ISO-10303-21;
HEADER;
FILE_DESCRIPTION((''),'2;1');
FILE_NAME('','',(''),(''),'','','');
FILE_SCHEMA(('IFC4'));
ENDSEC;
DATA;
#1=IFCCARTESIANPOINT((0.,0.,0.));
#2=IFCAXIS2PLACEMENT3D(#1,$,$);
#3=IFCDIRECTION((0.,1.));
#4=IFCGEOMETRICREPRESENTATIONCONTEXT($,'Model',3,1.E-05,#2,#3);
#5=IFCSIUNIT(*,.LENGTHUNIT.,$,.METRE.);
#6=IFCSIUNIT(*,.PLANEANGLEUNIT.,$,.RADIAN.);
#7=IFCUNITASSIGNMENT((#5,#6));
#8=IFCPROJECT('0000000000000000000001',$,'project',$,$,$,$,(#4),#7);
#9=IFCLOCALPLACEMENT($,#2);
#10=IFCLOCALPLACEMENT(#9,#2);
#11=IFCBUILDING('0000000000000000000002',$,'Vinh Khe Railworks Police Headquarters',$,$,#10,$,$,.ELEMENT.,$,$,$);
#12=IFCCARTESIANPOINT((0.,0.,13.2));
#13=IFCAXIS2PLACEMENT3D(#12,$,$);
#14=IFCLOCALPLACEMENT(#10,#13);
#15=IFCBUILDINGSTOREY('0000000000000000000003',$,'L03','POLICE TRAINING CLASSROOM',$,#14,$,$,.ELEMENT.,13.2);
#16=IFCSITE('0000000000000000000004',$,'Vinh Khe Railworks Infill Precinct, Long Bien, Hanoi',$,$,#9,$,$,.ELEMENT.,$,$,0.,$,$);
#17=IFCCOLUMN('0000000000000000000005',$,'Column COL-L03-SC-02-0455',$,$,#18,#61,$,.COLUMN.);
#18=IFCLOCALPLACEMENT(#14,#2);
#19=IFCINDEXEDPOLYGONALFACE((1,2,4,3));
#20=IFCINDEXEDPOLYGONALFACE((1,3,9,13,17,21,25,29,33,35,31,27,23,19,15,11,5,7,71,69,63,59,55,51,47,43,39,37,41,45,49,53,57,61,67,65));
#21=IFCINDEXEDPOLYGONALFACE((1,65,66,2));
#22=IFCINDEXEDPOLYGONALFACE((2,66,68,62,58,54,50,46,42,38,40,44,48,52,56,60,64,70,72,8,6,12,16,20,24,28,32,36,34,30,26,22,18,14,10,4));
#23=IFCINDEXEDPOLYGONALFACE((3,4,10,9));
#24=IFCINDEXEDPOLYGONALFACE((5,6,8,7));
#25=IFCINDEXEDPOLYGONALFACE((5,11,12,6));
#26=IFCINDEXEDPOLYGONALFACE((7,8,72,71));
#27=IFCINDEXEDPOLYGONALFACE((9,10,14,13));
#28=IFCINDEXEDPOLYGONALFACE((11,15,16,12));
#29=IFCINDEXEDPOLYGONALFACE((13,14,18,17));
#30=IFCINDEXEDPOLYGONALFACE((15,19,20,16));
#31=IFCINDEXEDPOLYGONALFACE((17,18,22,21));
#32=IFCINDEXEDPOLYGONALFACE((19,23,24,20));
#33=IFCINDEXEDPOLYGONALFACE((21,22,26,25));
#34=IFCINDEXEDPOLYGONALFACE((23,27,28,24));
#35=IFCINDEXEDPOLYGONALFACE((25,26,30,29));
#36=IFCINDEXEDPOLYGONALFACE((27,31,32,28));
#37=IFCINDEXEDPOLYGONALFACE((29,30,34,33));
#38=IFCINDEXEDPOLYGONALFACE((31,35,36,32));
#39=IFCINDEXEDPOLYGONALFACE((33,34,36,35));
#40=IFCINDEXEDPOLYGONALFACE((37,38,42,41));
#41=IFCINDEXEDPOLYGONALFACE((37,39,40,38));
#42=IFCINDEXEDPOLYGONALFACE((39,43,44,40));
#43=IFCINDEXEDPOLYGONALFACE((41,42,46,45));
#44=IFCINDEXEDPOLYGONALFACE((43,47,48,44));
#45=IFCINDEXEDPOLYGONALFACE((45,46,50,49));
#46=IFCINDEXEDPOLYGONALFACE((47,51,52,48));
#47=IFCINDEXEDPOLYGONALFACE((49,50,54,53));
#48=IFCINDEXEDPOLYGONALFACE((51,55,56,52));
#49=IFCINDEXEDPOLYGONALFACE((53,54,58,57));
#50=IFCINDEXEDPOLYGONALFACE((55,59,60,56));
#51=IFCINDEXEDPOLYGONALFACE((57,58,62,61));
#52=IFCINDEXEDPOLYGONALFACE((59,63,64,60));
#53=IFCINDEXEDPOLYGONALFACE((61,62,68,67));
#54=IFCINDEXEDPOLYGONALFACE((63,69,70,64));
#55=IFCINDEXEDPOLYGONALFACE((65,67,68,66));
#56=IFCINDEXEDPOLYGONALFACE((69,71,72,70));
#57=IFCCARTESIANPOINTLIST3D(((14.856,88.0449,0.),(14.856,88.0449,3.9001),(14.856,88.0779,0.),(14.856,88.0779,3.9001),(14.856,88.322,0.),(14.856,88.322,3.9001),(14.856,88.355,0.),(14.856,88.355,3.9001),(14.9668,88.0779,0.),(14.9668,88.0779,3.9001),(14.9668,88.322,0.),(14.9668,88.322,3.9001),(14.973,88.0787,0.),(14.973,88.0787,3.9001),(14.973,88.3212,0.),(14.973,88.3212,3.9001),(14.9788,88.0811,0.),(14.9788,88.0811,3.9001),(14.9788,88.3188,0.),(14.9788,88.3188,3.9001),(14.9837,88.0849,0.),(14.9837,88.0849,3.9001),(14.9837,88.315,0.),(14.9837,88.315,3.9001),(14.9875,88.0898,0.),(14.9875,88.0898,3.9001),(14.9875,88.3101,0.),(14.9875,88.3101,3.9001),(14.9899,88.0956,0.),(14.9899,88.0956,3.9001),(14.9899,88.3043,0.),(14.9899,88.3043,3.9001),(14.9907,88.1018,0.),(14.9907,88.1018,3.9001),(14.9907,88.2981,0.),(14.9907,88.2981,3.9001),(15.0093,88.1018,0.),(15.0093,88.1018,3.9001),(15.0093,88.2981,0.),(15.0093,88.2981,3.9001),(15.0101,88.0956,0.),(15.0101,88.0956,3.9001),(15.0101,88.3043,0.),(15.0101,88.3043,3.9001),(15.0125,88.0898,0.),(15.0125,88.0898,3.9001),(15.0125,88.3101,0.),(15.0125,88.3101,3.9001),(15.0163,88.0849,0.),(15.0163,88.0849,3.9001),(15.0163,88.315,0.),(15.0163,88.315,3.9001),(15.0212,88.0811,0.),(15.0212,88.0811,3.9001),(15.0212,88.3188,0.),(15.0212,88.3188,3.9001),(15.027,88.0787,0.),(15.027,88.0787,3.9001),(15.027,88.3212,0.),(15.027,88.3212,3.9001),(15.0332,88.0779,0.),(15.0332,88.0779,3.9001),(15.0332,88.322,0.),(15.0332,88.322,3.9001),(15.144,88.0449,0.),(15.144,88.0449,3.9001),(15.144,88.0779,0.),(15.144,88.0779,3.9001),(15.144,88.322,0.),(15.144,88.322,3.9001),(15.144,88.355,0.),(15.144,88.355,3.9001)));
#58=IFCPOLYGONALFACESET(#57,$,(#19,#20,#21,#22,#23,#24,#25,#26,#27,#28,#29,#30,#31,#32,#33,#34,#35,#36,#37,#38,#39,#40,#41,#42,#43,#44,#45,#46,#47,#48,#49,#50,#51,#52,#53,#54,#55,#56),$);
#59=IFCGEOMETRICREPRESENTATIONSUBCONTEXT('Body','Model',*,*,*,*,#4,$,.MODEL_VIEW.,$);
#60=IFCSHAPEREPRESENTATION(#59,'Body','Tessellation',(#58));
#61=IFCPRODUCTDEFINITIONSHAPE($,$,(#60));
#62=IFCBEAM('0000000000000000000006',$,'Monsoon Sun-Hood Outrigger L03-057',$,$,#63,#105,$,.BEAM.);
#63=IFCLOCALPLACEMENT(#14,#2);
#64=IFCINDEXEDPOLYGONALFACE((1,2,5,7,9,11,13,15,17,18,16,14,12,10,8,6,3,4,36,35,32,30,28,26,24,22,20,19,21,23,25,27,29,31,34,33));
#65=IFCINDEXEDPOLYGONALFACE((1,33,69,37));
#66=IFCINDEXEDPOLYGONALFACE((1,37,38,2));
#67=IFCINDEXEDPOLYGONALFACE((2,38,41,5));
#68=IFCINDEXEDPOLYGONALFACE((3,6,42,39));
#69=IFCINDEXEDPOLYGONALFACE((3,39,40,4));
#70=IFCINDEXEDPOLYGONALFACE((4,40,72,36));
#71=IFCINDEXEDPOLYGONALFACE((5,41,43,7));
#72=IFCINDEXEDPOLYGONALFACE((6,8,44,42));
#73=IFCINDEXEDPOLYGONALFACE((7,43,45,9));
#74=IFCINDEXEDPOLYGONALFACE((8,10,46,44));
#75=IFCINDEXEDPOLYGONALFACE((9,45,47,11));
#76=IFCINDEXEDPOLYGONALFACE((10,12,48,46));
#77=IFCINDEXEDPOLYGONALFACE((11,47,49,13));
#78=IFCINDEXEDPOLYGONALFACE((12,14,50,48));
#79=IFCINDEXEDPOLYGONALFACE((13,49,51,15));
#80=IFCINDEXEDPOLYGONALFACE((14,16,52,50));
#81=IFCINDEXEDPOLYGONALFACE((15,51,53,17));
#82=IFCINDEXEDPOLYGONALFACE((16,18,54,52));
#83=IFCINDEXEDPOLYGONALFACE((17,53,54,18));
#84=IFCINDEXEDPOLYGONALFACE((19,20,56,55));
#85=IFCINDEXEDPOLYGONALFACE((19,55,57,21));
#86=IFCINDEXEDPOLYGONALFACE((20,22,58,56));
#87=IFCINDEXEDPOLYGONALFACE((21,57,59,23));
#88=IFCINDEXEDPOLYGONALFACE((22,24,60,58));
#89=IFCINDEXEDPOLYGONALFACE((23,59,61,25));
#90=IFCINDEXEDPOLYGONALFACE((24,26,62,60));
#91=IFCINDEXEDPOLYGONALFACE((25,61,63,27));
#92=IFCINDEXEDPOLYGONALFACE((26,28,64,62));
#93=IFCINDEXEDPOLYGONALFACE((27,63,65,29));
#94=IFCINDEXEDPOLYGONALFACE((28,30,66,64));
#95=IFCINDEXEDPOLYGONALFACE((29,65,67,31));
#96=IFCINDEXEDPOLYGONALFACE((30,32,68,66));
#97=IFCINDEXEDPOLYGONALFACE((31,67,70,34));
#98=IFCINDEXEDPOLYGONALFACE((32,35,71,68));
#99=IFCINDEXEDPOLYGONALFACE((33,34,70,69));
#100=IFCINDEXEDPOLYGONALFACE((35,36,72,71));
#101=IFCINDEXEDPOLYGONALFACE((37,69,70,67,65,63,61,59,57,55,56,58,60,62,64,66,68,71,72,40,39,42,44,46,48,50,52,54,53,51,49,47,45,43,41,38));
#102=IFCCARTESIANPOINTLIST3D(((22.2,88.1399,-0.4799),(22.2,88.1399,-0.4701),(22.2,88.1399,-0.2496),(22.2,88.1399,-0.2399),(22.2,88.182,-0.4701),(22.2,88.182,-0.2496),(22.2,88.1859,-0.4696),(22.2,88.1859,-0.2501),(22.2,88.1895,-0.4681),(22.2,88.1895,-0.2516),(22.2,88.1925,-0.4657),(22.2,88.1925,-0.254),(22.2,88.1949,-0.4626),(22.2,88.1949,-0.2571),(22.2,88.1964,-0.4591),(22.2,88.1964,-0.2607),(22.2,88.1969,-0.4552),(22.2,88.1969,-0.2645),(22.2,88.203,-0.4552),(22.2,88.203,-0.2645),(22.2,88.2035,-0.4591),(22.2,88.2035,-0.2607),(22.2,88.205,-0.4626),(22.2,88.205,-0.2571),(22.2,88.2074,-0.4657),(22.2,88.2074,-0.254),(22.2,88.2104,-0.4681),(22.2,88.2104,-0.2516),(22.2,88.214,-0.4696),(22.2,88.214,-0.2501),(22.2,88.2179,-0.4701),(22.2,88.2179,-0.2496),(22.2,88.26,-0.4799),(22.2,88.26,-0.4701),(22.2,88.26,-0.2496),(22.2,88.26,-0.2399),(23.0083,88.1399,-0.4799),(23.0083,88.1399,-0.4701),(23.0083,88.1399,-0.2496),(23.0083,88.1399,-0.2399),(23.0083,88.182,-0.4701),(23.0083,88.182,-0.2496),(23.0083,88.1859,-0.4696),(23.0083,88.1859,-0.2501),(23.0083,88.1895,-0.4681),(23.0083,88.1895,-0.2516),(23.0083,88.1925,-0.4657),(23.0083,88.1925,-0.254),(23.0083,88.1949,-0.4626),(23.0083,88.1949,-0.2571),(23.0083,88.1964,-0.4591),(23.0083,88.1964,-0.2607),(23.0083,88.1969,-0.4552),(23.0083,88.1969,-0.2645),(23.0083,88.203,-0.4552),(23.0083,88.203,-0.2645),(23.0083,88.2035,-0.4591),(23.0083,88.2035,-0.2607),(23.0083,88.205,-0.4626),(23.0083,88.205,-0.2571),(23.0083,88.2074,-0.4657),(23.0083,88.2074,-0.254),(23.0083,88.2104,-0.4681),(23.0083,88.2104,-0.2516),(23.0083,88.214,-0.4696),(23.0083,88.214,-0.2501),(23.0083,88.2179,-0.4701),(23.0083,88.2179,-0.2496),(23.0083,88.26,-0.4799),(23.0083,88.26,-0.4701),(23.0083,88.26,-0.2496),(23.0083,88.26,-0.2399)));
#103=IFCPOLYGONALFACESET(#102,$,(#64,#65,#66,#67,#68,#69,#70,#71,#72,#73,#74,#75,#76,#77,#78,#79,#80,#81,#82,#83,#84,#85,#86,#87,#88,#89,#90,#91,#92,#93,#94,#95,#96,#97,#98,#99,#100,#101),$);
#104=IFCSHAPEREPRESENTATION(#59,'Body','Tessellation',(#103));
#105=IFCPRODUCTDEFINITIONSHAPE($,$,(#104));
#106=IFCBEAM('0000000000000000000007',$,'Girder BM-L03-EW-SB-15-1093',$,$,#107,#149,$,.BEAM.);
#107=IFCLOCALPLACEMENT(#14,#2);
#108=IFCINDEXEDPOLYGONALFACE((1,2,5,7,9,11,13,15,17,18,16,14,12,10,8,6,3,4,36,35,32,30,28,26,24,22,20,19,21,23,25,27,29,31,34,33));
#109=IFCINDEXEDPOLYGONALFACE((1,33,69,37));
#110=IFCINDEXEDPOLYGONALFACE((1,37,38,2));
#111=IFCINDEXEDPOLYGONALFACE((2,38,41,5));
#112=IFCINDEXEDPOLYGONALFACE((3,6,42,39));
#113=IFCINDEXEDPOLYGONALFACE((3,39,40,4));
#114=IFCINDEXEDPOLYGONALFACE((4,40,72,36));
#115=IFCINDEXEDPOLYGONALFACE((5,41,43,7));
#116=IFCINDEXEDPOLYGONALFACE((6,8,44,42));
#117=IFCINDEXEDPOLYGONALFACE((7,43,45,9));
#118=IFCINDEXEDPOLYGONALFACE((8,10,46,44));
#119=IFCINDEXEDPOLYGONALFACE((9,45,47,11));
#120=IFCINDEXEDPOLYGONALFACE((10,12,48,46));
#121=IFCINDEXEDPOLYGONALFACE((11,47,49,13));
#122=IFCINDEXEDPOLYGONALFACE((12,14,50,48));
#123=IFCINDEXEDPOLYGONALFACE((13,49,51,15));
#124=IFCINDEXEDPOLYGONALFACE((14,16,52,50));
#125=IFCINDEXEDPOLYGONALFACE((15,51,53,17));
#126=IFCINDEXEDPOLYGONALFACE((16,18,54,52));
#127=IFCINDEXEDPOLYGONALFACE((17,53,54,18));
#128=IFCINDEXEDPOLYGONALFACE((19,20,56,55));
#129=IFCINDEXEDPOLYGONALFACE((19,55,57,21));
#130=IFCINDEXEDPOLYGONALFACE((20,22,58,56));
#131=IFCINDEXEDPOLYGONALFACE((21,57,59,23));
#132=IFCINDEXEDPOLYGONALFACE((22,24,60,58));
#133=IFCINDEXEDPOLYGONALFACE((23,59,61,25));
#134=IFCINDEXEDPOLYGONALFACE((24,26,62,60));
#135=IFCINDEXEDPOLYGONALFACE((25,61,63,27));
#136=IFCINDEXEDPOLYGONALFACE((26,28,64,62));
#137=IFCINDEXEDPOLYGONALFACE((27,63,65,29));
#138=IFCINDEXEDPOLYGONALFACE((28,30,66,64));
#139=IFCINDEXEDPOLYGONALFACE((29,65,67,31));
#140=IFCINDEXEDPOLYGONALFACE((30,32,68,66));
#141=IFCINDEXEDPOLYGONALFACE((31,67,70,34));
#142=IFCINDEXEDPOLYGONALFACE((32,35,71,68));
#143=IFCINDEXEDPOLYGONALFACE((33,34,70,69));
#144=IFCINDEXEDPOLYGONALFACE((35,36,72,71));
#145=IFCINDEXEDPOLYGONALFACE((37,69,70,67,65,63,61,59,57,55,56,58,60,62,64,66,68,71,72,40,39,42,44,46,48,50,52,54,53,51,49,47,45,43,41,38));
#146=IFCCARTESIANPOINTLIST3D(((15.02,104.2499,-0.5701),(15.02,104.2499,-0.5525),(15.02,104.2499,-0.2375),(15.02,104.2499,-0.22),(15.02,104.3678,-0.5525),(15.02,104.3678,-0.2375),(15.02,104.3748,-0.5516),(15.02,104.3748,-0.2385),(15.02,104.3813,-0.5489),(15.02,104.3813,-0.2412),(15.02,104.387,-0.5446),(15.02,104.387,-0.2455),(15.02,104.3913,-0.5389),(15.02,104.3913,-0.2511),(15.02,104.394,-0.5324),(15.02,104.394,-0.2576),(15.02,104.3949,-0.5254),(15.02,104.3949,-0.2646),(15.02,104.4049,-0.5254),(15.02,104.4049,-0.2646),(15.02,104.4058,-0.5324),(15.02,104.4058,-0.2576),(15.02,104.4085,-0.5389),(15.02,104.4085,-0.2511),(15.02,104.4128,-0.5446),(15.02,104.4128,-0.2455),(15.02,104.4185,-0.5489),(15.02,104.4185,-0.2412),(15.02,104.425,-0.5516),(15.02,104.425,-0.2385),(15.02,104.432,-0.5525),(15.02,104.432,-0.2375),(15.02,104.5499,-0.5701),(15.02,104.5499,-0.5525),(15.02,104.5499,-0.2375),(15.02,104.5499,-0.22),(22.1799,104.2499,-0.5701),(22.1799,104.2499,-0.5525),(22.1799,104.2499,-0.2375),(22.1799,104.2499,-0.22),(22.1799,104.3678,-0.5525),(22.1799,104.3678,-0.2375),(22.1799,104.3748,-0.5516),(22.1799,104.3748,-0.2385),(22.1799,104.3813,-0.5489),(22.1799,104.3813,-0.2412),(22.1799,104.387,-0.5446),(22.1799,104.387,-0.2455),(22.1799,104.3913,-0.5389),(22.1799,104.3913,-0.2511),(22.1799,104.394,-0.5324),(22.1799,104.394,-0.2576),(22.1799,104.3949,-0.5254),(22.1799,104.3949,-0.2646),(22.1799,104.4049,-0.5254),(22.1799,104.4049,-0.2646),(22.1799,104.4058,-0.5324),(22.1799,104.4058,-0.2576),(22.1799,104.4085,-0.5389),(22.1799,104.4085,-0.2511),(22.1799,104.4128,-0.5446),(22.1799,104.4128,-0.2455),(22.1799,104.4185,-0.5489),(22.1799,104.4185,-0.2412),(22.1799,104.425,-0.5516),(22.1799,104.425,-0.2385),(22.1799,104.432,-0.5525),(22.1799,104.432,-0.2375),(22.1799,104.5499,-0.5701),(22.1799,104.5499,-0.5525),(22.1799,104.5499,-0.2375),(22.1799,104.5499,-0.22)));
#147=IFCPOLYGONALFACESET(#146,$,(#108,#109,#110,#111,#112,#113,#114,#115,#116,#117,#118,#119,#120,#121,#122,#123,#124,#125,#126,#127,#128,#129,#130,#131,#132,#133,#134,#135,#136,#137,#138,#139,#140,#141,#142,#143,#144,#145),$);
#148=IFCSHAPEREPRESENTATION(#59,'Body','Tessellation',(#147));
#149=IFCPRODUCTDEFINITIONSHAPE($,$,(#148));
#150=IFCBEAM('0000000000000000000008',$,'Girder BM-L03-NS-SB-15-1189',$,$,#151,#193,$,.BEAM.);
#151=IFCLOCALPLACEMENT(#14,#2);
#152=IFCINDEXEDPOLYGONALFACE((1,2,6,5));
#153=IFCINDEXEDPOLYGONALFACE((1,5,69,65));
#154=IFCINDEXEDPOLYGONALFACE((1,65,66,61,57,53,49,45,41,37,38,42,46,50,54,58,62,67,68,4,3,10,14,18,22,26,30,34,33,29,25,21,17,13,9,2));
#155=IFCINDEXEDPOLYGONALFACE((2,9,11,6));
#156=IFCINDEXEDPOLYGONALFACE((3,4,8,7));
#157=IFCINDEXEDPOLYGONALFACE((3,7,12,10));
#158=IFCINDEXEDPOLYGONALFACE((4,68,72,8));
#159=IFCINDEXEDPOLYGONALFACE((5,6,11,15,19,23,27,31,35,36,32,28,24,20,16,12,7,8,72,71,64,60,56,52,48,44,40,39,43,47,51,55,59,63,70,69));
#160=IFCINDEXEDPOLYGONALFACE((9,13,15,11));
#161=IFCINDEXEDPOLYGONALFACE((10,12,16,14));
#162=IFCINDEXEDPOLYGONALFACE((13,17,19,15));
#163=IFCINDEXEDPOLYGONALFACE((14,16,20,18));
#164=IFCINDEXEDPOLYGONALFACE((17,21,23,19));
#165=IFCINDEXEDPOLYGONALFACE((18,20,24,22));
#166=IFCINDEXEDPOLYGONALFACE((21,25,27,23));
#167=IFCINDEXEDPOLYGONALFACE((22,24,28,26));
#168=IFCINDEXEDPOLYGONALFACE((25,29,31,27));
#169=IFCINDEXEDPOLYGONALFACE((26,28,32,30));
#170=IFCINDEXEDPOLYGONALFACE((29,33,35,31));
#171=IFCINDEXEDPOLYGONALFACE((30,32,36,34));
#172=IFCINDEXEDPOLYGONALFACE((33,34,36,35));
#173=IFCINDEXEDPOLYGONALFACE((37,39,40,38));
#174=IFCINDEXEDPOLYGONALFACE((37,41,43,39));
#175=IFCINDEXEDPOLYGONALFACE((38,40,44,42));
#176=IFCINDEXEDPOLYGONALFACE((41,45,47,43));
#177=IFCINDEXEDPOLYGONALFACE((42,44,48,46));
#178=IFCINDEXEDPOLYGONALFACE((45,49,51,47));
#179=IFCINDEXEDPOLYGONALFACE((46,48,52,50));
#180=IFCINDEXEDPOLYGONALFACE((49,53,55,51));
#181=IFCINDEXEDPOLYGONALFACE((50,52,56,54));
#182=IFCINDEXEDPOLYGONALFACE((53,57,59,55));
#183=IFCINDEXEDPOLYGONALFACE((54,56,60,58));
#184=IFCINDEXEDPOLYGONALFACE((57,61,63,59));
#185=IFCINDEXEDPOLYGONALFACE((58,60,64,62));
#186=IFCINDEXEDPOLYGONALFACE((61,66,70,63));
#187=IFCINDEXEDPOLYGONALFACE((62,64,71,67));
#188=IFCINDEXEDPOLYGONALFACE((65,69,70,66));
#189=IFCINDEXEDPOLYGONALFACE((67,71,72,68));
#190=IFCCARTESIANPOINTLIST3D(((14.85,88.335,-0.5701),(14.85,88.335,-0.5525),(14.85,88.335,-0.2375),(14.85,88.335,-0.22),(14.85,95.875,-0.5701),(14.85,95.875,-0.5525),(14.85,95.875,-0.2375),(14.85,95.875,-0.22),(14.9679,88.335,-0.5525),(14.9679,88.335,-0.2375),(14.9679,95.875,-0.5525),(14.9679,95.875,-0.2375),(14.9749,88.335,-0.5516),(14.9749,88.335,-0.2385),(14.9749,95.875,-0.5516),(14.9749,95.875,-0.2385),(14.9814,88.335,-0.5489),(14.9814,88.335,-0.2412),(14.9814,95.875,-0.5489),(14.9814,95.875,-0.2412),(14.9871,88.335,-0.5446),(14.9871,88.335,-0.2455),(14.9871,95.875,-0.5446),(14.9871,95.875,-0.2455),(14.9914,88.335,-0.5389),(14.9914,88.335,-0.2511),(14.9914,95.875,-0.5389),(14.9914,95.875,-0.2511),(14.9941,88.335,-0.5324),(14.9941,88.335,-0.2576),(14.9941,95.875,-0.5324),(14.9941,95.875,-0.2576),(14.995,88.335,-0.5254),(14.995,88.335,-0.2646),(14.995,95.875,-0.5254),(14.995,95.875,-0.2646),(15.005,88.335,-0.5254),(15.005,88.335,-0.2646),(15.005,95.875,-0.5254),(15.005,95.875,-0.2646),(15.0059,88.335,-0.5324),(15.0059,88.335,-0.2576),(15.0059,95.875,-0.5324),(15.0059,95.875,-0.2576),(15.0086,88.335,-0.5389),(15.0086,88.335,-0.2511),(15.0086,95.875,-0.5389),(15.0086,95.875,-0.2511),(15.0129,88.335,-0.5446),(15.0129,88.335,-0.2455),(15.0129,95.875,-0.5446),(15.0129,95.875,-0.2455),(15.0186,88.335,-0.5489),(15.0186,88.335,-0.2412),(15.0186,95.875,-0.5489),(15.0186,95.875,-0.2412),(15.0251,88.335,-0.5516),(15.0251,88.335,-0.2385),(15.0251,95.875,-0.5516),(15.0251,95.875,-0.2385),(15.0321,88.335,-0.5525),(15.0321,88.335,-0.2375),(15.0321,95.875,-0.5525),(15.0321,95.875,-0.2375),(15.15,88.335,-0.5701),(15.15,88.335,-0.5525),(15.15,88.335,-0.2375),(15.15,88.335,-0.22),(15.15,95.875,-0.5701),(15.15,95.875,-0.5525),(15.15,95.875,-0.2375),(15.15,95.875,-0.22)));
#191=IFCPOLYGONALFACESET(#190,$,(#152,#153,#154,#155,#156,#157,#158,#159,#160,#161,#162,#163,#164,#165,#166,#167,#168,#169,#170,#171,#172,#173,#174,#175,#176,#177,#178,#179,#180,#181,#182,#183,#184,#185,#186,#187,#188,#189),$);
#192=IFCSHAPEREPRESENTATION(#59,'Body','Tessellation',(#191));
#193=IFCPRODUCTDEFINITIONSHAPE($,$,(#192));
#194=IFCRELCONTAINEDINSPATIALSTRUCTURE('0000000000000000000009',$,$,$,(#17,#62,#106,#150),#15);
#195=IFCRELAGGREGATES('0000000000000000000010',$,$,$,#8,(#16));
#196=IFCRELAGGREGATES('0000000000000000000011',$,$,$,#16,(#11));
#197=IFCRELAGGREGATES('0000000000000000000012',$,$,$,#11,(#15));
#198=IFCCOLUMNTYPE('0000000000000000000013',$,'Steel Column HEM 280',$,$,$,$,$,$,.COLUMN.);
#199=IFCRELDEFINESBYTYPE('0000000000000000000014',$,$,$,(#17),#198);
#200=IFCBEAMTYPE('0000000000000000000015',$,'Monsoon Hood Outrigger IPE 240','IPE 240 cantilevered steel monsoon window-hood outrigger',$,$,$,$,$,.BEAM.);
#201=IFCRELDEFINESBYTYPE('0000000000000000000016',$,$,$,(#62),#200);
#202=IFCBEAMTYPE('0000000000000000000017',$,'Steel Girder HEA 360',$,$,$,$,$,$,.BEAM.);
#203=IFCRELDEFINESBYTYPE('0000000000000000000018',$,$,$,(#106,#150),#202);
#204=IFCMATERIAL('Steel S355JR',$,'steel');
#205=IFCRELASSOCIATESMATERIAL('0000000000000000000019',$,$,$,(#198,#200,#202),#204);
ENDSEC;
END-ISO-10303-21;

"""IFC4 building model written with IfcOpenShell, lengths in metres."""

from ifc_helpers import new_model, si_unit, direction, frame, origin, origin_2d, place, context, subcontext, project, spatial, i_section, extrude, material, material_profile, profile_set, type_object, element, save


model = new_model("IFC4")

# Units and contexts
model_context = context("Model", 3, precision=1e-05, world=origin(), true_north=direction((0.0, 1.0)))
body_context = subcontext(model_context, "Body", "Model", "MODEL_VIEW")
ifc_project = project(units=[si_unit("LENGTHUNIT", "METRE"), si_unit("PLANEANGLEUNIT", "RADIAN")], contexts=[model_context])

# Site, building, storey
site_placement = place(None, origin())
site = spatial("IfcSite", under=ifc_project, at=site_placement, Name="Vinh Khe Railworks Infill Precinct, Long Bien, Hanoi", CompositionType="ELEMENT", RefElevation=0.0)
building_placement = place(site_placement, origin())
building = spatial("IfcBuilding", under=site, at=building_placement, Name="Vinh Khe Railworks Police Headquarters", CompositionType="ELEMENT")
storey_placement = place(building_placement, frame((0.0, 0.0, 13.2)))
storey = spatial("IfcBuildingStorey", under=building, at=storey_placement, Name="L03", Description="POLICE TRAINING CLASSROOM", CompositionType="ELEMENT", Elevation=13.2)

# Column
ifc_material_1 = material(Name="Steel S355JR", Category="steel")
ifc_material_profile_1 = material_profile(ifc_material_1, i_section(OverallWidth=0.2881, OverallDepth=0.3101, WebThickness=0.0186, FlangeThickness=0.033, FilletRadius=0.0239, at=origin_2d()), Name="HEM 280")
ifc_profile_set_1 = profile_set([ifc_material_profile_1], Name="Steel S355JR")
column_type_1 = type_object("IfcColumnType", Name="Steel Column HEM 280", PredefinedType="COLUMN", material=ifc_profile_set_1)
column_1_placement = place(storey_placement, frame((15.0, 88.2, 0.0), z_axis=(0.0, 0.0, 1.0), x_axis=(1.0, 0.0, 0.0)))
element("IfcColumn", 1, at=column_1_placement, inside=storey, type_object=column_type_1, Name="Column COL-L03-SC-02-0455", PredefinedType="COLUMN", context=body_context, shape_type="SweptSolid", body=[
    extrude(i_section(OverallWidth=0.2881, OverallDepth=0.3101, WebThickness=0.0186, FlangeThickness=0.033, FilletRadius=0.0239, at=origin_2d()), origin(), (0.0, 0.0, 1.0), 3.9001),
])

# Beams
ifc_material_profile_2 = material_profile(ifc_material_1, i_section(OverallWidth=0.1201, OverallDepth=0.24, WebThickness=0.0061, FlangeThickness=0.0098, FilletRadius=0.0149, at=origin_2d()), Name="IPE 240")
ifc_profile_set_2 = profile_set([ifc_material_profile_2], Name="Steel S355JR")
beam_type_1 = type_object("IfcBeamType", Name="Monsoon Hood Outrigger IPE 240", Description="IPE 240 cantilevered steel monsoon window-hood outrigger", PredefinedType="BEAM", material=ifc_profile_set_2)
beam_1_placement = place(storey_placement, frame((22.2, 88.2, -0.3599), z_axis=(1.0, 0.0, 0.0), x_axis=(0.0, 1.0, 0.0)))
element("IfcBeam", 2, at=beam_1_placement, inside=storey, type_object=beam_type_1, Name="Monsoon Sun-Hood Outrigger L03-057", PredefinedType="BEAM", context=body_context, shape_type="SweptSolid", body=[
    extrude(i_section(OverallWidth=0.1201, OverallDepth=0.24, WebThickness=0.0061, FlangeThickness=0.0098, FilletRadius=0.0149, at=origin_2d()), origin(), (0.0, 0.0, 1.0), 0.8083),
])
ifc_material_profile_3 = material_profile(ifc_material_1, i_section(OverallWidth=0.3, OverallDepth=0.3501, WebThickness=0.01, FlangeThickness=0.0176, FilletRadius=0.0271, at=origin_2d()), Name="HEA 360")
ifc_profile_set_3 = profile_set([ifc_material_profile_3], Name="Steel S355JR")
beam_type_2 = type_object("IfcBeamType", Name="Steel Girder HEA 360", PredefinedType="BEAM", material=ifc_profile_set_3)
beam_2_placement = place(storey_placement, frame((15.02, 104.3999, -0.395), z_axis=(1.0, 0.0, 0.0), x_axis=(0.0, 1.0, 0.0)))
element("IfcBeam", 3, at=beam_2_placement, inside=storey, type_object=beam_type_2, Name="Girder BM-L03-EW-SB-15-1093", PredefinedType="BEAM", context=body_context, shape_type="SweptSolid", body=[
    extrude(i_section(OverallWidth=0.3, OverallDepth=0.3501, WebThickness=0.01, FlangeThickness=0.0176, FilletRadius=0.0271, at=origin_2d()), origin(), (0.0, 0.0, 1.0), 7.1599),
])
beam_3_placement = place(storey_placement, frame((15.0, 88.335, -0.395), z_axis=(0.0, 1.0, 0.0), x_axis=(-1.0, 0.0, 0.0)))
element("IfcBeam", 4, at=beam_3_placement, inside=storey, type_object=beam_type_2, Name="Girder BM-L03-NS-SB-15-1189", PredefinedType="BEAM", context=body_context, shape_type="SweptSolid", body=[
    extrude(i_section(OverallWidth=0.3, OverallDepth=0.3501, WebThickness=0.01, FlangeThickness=0.0176, FilletRadius=0.0271, at=origin_2d()), origin(), (0.0, 0.0, 1.0), 7.54),
])

save(model, "model.ifc")
